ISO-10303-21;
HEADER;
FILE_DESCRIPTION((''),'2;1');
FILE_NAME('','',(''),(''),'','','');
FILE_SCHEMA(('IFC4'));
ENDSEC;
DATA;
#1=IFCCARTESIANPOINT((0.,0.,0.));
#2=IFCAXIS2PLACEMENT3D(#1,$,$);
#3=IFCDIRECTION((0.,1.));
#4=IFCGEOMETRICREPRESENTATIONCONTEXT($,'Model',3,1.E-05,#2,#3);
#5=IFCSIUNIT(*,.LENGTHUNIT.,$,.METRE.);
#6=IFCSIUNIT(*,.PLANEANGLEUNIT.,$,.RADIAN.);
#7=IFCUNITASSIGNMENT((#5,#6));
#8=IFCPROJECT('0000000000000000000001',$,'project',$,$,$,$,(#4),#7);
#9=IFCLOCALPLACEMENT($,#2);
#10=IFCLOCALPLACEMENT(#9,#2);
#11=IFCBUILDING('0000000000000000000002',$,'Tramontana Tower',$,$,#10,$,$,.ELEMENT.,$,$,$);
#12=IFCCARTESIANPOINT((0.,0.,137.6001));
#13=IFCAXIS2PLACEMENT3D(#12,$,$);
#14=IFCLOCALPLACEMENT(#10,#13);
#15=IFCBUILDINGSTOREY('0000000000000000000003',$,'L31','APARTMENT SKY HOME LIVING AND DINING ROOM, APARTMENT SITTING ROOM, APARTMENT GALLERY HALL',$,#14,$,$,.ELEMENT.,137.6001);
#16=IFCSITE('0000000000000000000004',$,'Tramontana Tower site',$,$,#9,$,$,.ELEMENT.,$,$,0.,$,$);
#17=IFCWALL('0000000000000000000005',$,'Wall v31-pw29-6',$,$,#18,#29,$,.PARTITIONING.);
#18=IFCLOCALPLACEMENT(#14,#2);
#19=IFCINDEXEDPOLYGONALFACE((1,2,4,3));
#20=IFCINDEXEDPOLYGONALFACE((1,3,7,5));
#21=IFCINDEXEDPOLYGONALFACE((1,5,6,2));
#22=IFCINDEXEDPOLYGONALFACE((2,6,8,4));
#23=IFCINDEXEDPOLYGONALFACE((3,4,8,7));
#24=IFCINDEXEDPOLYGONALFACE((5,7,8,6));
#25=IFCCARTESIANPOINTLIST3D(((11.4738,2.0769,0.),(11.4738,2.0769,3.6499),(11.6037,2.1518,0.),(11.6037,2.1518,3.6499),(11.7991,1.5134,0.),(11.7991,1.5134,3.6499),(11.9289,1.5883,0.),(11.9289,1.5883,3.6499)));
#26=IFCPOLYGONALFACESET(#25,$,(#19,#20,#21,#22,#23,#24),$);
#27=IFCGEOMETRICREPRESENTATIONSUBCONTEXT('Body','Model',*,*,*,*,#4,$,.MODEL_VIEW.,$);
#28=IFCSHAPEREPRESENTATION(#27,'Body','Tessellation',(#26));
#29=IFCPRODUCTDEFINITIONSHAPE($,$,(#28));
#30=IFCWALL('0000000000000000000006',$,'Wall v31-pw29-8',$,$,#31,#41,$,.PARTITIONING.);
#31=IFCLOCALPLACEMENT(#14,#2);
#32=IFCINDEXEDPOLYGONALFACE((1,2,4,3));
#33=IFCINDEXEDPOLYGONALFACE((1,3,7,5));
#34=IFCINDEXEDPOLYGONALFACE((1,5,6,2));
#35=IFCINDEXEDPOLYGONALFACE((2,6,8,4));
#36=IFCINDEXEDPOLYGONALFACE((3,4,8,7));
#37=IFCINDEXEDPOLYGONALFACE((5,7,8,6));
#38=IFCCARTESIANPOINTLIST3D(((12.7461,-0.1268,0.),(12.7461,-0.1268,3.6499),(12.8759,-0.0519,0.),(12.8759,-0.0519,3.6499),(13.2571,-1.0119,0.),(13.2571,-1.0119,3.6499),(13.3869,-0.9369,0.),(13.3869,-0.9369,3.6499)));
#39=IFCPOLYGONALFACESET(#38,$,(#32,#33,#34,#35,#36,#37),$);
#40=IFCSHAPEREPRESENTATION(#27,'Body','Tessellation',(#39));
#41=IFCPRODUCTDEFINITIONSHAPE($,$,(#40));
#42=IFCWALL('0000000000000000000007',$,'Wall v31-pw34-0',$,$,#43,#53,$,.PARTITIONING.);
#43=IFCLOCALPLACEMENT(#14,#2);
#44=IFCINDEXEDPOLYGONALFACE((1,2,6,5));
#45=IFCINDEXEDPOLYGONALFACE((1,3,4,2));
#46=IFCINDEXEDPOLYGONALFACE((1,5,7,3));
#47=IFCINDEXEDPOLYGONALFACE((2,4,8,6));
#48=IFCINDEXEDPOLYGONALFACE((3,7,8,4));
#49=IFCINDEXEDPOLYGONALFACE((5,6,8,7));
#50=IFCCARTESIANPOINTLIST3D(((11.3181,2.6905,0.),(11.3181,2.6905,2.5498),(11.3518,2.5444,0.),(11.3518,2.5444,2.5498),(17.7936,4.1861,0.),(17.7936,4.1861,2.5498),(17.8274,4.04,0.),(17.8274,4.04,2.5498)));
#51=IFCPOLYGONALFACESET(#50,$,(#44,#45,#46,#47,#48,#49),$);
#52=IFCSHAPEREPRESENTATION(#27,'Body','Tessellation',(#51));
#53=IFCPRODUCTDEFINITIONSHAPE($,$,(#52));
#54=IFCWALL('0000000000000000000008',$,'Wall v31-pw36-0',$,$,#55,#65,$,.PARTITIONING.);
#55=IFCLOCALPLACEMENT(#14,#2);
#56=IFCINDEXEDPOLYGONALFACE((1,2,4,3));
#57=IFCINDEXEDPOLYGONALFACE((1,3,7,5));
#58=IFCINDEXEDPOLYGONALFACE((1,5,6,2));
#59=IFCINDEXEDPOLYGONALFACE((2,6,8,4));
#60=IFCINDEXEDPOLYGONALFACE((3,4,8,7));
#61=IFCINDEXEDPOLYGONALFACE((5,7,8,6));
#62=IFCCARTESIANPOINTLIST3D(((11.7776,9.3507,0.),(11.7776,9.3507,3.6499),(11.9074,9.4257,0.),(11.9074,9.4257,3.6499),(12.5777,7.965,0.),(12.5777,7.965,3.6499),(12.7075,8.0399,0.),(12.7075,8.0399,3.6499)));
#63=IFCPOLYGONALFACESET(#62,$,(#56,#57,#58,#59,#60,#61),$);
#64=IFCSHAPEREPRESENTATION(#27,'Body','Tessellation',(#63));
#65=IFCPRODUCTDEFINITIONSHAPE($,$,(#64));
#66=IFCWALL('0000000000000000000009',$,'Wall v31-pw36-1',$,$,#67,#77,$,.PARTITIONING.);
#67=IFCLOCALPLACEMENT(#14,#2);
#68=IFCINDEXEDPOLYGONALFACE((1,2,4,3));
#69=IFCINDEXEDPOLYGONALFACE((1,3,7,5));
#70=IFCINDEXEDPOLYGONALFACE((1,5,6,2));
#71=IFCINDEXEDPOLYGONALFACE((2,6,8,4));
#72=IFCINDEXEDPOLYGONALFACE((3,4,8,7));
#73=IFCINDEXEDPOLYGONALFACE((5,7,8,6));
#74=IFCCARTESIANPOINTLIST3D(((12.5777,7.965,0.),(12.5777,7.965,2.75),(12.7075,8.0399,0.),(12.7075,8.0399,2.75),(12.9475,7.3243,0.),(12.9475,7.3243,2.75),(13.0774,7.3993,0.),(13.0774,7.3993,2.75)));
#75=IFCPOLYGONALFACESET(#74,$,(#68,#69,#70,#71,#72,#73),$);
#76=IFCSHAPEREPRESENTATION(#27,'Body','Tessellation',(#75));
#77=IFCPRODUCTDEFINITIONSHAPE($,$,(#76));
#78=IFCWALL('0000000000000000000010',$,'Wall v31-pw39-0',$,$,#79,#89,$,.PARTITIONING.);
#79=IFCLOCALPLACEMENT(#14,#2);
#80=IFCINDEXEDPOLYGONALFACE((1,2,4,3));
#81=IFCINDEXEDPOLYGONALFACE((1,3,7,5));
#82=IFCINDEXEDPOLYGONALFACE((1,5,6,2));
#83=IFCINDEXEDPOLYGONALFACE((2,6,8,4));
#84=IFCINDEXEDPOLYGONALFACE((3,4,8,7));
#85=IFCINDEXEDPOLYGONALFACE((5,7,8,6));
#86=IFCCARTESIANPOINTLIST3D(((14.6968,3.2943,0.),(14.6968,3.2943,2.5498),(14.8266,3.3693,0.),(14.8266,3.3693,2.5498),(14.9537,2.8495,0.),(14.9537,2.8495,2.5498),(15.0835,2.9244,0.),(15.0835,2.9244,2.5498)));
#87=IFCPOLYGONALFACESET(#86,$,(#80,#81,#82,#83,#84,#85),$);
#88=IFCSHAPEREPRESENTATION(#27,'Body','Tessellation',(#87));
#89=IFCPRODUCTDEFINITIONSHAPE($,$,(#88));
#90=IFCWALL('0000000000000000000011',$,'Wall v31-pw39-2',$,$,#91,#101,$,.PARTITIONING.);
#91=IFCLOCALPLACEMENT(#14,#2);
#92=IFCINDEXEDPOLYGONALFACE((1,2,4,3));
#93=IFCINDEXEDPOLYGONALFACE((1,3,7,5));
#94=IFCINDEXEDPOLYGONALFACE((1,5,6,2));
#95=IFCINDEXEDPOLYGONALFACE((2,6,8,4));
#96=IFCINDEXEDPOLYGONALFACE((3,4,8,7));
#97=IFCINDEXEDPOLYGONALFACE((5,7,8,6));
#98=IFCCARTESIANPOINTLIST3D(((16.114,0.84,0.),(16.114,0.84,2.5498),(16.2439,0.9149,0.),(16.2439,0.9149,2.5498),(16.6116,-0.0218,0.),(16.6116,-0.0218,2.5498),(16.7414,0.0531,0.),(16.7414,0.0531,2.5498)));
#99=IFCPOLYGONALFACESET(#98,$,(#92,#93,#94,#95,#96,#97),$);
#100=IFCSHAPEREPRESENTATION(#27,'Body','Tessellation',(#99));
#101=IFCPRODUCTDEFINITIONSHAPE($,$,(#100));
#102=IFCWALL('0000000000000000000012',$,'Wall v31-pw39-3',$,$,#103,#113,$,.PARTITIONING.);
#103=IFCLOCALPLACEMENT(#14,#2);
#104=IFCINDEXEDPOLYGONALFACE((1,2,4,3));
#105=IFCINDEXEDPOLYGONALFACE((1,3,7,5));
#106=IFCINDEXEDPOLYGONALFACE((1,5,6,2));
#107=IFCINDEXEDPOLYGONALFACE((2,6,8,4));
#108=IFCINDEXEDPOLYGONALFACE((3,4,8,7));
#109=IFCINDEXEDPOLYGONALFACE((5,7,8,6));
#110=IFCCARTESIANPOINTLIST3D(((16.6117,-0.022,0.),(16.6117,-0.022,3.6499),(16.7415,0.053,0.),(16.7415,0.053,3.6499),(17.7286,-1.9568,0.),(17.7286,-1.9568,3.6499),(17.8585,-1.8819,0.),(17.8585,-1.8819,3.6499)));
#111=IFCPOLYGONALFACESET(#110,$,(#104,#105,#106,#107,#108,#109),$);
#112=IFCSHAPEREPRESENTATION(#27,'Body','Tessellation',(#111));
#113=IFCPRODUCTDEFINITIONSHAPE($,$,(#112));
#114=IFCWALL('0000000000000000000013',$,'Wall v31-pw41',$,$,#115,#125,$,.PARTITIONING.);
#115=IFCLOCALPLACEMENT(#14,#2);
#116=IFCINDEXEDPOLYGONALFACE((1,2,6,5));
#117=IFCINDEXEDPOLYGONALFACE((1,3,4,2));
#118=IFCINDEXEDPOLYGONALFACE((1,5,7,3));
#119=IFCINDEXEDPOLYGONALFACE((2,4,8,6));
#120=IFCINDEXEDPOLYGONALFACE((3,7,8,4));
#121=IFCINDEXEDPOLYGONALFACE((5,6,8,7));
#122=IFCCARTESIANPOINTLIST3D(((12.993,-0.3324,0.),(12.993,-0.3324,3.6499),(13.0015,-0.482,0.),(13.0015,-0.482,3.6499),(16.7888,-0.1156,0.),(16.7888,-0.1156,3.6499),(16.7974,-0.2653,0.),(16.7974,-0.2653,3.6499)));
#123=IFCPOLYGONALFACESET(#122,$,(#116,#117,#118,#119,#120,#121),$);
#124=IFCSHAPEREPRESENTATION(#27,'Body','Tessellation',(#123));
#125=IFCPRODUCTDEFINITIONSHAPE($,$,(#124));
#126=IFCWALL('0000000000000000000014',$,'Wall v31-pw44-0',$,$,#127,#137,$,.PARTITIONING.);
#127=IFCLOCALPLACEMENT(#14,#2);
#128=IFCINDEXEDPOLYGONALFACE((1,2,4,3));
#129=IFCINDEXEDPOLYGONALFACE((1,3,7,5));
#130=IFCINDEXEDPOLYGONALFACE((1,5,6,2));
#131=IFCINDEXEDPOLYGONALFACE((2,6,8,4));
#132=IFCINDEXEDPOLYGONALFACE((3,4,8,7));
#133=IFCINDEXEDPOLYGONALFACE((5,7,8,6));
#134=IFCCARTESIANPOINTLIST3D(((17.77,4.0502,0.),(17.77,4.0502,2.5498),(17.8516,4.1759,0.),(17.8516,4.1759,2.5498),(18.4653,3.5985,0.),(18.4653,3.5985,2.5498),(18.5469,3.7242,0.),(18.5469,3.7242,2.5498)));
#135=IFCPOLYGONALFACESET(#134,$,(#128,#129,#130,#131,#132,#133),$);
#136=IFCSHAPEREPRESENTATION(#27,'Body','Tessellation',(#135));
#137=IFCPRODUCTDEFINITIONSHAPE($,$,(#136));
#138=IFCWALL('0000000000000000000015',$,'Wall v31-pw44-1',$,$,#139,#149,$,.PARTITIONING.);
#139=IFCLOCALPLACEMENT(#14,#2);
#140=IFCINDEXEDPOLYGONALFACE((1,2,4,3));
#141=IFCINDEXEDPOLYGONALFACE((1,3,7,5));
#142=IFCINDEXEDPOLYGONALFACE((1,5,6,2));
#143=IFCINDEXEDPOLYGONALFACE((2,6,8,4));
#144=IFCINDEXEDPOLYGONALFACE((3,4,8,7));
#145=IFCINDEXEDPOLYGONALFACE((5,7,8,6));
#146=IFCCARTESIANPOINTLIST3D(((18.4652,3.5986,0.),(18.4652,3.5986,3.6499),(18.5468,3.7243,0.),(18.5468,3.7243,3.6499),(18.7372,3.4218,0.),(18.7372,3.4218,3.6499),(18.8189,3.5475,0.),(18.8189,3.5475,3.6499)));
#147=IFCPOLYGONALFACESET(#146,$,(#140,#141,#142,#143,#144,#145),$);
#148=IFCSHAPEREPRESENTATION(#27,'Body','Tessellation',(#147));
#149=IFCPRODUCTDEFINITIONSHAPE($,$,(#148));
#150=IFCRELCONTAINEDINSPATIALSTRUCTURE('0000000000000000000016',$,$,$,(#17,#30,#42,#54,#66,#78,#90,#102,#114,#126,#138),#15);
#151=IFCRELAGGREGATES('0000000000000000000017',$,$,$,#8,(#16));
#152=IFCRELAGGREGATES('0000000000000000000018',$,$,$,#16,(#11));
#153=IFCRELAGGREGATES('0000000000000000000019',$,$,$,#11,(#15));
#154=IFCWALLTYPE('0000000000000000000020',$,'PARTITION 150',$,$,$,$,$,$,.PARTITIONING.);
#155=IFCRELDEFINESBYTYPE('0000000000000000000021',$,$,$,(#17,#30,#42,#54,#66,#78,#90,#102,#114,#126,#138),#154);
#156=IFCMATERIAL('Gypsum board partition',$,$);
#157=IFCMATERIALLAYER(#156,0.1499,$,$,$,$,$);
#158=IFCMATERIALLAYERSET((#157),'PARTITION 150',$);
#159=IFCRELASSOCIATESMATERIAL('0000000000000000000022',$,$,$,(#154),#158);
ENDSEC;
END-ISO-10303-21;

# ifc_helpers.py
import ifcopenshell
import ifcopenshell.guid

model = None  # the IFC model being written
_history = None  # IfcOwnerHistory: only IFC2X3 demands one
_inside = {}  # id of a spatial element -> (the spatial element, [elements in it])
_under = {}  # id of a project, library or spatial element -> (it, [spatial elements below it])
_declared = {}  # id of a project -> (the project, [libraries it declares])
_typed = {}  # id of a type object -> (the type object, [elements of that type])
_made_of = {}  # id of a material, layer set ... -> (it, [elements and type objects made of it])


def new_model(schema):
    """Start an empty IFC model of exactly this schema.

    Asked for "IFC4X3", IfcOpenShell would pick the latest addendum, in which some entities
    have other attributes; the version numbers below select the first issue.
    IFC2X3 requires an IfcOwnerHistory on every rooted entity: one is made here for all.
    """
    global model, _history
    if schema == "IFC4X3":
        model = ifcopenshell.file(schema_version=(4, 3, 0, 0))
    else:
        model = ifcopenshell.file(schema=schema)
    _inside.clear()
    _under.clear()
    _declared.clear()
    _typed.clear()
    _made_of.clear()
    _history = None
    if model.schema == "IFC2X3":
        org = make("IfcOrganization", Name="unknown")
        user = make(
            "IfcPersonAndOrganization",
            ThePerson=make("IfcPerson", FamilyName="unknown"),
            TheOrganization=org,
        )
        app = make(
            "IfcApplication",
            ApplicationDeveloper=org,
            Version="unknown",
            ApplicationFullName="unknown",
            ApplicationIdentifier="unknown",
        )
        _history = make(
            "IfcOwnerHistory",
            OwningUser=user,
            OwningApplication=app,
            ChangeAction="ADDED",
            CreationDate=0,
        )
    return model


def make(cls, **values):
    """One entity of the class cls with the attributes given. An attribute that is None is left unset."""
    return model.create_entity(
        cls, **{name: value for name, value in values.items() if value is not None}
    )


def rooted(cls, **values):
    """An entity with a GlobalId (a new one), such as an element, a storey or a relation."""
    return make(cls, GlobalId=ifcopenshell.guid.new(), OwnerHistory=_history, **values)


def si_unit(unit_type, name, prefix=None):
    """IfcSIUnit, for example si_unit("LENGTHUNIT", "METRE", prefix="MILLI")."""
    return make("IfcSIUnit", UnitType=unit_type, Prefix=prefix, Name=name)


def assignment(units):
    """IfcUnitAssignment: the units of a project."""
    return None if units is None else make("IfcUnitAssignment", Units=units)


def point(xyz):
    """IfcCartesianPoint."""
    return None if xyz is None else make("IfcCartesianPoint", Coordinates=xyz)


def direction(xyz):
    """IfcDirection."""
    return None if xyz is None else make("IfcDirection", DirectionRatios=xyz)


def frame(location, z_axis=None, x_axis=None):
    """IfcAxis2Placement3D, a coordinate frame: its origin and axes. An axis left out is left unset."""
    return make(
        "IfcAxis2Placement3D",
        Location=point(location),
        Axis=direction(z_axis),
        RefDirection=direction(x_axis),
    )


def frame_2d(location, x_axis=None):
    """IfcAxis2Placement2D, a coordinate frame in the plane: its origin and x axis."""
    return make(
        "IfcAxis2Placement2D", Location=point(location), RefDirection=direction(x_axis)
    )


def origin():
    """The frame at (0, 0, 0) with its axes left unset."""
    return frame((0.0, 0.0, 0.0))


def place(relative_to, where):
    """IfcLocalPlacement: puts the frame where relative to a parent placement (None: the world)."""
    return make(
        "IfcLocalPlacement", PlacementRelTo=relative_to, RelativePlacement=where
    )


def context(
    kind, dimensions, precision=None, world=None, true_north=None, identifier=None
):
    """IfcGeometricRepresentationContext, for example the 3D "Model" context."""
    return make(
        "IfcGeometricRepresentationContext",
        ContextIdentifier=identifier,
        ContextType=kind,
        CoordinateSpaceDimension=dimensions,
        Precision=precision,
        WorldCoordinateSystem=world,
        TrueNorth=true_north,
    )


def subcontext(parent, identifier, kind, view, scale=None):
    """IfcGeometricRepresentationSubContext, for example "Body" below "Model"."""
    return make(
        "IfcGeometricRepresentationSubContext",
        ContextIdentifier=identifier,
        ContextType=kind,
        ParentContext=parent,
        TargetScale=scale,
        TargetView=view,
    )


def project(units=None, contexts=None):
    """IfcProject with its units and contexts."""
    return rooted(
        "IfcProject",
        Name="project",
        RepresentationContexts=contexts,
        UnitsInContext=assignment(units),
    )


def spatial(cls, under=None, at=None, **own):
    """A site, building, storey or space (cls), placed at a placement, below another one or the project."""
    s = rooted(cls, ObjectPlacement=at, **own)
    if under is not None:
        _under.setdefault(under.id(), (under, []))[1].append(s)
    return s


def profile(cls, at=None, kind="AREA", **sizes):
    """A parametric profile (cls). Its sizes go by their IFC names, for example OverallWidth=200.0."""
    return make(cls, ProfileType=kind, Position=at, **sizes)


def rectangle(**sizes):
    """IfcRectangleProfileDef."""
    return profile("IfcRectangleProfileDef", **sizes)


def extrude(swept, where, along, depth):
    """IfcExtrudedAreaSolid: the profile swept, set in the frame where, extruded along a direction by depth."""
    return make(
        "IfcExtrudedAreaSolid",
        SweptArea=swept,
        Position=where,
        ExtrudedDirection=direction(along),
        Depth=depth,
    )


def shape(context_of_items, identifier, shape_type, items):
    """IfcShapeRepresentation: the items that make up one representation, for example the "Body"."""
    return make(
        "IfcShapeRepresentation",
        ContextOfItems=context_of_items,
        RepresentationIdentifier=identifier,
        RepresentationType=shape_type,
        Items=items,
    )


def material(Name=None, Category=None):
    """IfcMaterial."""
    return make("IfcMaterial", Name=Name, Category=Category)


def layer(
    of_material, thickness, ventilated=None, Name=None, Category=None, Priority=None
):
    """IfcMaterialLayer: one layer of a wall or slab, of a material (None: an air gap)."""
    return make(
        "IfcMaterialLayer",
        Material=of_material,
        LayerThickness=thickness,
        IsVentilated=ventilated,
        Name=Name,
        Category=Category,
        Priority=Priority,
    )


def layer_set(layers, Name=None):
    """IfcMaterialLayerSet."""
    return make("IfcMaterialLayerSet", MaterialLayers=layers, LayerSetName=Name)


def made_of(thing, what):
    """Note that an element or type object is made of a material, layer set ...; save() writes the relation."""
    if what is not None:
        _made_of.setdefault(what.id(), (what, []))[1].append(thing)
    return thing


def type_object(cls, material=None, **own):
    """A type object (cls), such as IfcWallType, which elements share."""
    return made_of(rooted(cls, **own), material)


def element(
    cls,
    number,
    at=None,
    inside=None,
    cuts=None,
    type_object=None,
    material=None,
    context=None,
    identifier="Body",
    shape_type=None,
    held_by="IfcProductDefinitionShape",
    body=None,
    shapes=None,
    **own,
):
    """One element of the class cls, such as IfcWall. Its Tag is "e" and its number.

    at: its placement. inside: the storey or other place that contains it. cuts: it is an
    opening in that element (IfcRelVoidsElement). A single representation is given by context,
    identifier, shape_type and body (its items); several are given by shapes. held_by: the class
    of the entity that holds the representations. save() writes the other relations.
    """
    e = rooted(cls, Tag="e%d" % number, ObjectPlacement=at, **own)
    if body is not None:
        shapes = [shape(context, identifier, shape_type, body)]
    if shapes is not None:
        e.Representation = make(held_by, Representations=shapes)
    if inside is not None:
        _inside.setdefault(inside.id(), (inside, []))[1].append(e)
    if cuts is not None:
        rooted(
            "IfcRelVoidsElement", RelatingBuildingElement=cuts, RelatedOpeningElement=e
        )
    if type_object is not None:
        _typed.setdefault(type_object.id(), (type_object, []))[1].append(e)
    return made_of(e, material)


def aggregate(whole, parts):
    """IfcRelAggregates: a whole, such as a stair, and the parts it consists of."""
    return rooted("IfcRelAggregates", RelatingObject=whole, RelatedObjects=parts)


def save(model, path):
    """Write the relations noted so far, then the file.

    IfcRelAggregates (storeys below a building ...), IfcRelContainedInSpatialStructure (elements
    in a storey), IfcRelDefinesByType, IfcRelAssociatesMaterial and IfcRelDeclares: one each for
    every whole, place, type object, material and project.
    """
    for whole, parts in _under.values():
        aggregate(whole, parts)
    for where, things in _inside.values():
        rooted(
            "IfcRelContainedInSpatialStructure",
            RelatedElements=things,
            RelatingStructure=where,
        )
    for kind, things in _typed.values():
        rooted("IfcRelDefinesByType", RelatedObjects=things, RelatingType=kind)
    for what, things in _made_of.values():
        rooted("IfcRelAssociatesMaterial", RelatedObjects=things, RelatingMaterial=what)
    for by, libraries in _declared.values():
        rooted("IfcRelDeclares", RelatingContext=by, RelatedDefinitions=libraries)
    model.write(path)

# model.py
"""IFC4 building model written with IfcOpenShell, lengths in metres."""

from ifc_helpers import new_model, si_unit, direction, frame, frame_2d, origin, place, context, subcontext, project, spatial, rectangle, extrude, material, layer, layer_set, type_object, element, save


model = new_model("IFC4")

# Units and contexts
model_context = context("Model", 3, precision=1e-05, world=origin(), true_north=direction((0.0, 1.0)))
body_context = subcontext(model_context, "Body", "Model", "MODEL_VIEW")
ifc_project = project(units=[si_unit("LENGTHUNIT", "METRE"), si_unit("PLANEANGLEUNIT", "RADIAN")], contexts=[model_context])

# Site, building, storey
site_placement = place(None, origin())
site = spatial("IfcSite", under=ifc_project, at=site_placement, Name="Tramontana Tower site", CompositionType="ELEMENT", RefElevation=0.0)
building_placement = place(site_placement, origin())
building = spatial("IfcBuilding", under=site, at=building_placement, Name="Tramontana Tower", CompositionType="ELEMENT")
storey_placement = place(building_placement, frame((0.0, 0.0, 137.6001)))
storey = spatial("IfcBuildingStorey", under=building, at=storey_placement, Name="L31", Description="APARTMENT SKY HOME LIVING AND DINING ROOM, APARTMENT SITTING ROOM, APARTMENT GALLERY HALL", CompositionType="ELEMENT", Elevation=137.6001)

# Wall
ifc_material_1 = material(Name="Gypsum board partition")
ifc_layer_1 = layer(ifc_material_1, 0.1499)
ifc_layer_set_1 = layer_set([ifc_layer_1], Name="PARTITION 150")
wall_type_1 = type_object("IfcWallType", Name="PARTITION 150", PredefinedType="PARTITIONING", material=ifc_layer_set_1)
wall_1_placement = place(storey_placement, frame((11.5388, 2.1143, 0.0), z_axis=(0.0, 0.0, 1.0), x_axis=(0.499852, -0.866111, 0.0)))
element("IfcWall", 1, at=wall_1_placement, inside=storey, type_object=wall_type_1, Name="Wall v31-pw29-6", PredefinedType="PARTITIONING", context=body_context, shape_type="SweptSolid", body=[
    extrude(rectangle(XDim=0.6506, YDim=0.1499, at=frame_2d((0.3252, 0.0))), origin(), (0.0, 0.0, 1.0), 3.6499),
])

# Walls
wall_2_placement = place(storey_placement, frame((12.811, -0.0894, 0.0), z_axis=(0.0, 0.0, 1.0), x_axis=(0.500019, -0.866015, 0.0)))
element("IfcWall", 2, at=wall_2_placement, inside=storey, type_object=wall_type_1, Name="Wall v31-pw29-8", PredefinedType="PARTITIONING", context=body_context, shape_type="SweptSolid", body=[
    extrude(rectangle(XDim=1.022, YDim=0.1499, at=frame_2d((0.511, 0.0))), origin(), (0.0, 0.0, 1.0), 3.6499),
])
wall_3_placement = place(storey_placement, frame((11.335, 2.6174, 0.0), z_axis=(0.0, 0.0, 1.0), x_axis=(0.97435, 0.225037, 0.0)))
element("IfcWall", 3, at=wall_3_placement, inside=storey, type_object=wall_type_1, Name="Wall v31-pw34-0", PredefinedType="PARTITIONING", context=body_context, shape_type="SweptSolid", body=[
    extrude(rectangle(XDim=6.646, YDim=0.1499, at=frame_2d((3.323, 0.0))), origin(), (0.0, 0.0, 1.0), 2.5498),
])
wall_4_placement = place(storey_placement, frame((11.8425, 9.3882, 0.0), z_axis=(0.0, 0.0, 1.0), x_axis=(0.499995, -0.866028, 0.0)))
element("IfcWall", 4, at=wall_4_placement, inside=storey, type_object=wall_type_1, Name="Wall v31-pw36-0", PredefinedType="PARTITIONING", context=body_context, shape_type="SweptSolid", body=[
    extrude(rectangle(XDim=1.6001, YDim=0.1499, at=frame_2d((0.8, 0.0))), origin(), (0.0, 0.0, 1.0), 3.6499),
])
wall_5_placement = place(storey_placement, frame((12.6426, 8.0024, 0.0), z_axis=(0.0, 0.0, 1.0), x_axis=(0.500008, -0.866021, 0.0)))
element("IfcWall", 5, at=wall_5_placement, inside=storey, type_object=wall_type_1, Name="Wall v31-pw36-1", PredefinedType="PARTITIONING", context=body_context, shape_type="SweptSolid", body=[
    extrude(rectangle(XDim=0.7397, YDim=0.1499, at=frame_2d((0.3699, 0.0))), origin(), (0.0, 0.0, 1.0), 2.75),
])
wall_6_placement = place(storey_placement, frame((14.7617, 3.3318, 0.0), z_axis=(0.0, 0.0, 1.0), x_axis=(0.500024, -0.866011, 0.0)))
element("IfcWall", 6, at=wall_6_placement, inside=storey, type_object=wall_type_1, Name="Wall v31-pw39-0", PredefinedType="PARTITIONING", context=body_context, shape_type="SweptSolid", body=[
    extrude(rectangle(XDim=0.5137, YDim=0.1499, at=frame_2d((0.2568, 0.0))), origin(), (0.0, 0.0, 1.0), 2.5498),
])

# Walls
wall_7_placement = place(storey_placement, frame((16.179, 0.8774, 0.0), z_axis=(0.0, 0.0, 1.0), x_axis=(0.499991, -0.86603, 0.0)))
element("IfcWall", 7, at=wall_7_placement, inside=storey, type_object=wall_type_1, Name="Wall v31-pw39-2", PredefinedType="PARTITIONING", context=body_context, shape_type="SweptSolid", body=[
    extrude(rectangle(XDim=0.9951, YDim=0.1499, at=frame_2d((0.4976, 0.0))), origin(), (0.0, 0.0, 1.0), 2.5498),
])
wall_8_placement = place(storey_placement, frame((16.6765, 0.0156, 0.0), z_axis=(0.0, 0.0, 1.0), x_axis=(0.499959, -0.866049, 0.0)))
element("IfcWall", 8, at=wall_8_placement, inside=storey, type_object=wall_type_1, Name="Wall v31-pw39-3", PredefinedType="PARTITIONING", context=body_context, shape_type="SweptSolid", body=[
    extrude(rectangle(XDim=2.2341, YDim=0.1499, at=frame_2d((1.1172, 0.0))), origin(), (0.0, 0.0, 1.0), 3.6499),
])
wall_9_placement = place(storey_placement, frame((16.793, -0.1904, 0.0), z_axis=(0.0, 0.0, 1.0), x_axis=(-0.998373, -0.057021, 0.0)))
element("IfcWall", 9, at=wall_9_placement, inside=storey, type_object=wall_type_1, Name="Wall v31-pw41", PredefinedType="PARTITIONING", context=body_context, shape_type="SweptSolid", body=[
    extrude(rectangle(XDim=3.802, YDim=0.1499, at=frame_2d((1.9009, 0.0))), origin(), (0.0, 0.0, 1.0), 3.6499),
])
wall_10_placement = place(storey_placement, frame((17.8108, 4.113, 0.0), z_axis=(0.0, 0.0, 1.0), x_axis=(0.838605, -0.54474, 0.0)))
element("IfcWall", 10, at=wall_10_placement, inside=storey, type_object=wall_type_1, Name="Wall v31-pw44-0", PredefinedType="PARTITIONING", context=body_context, shape_type="SweptSolid", body=[
    extrude(rectangle(XDim=0.8291, YDim=0.1499, at=frame_2d((0.4146, 0.0))), origin(), (0.0, 0.0, 1.0), 2.5498),
])
wall_11_placement = place(storey_placement, frame((18.5061, 3.6614, 0.0), z_axis=(0.0, 0.0, 1.0), x_axis=(0.838478, -0.544935, 0.0)))
element("IfcWall", 11, at=wall_11_placement, inside=storey, type_object=wall_type_1, Name="Wall v31-pw44-1", PredefinedType="PARTITIONING", context=body_context, shape_type="SweptSolid", body=[
    extrude(rectangle(XDim=0.3245, YDim=0.1499, at=frame_2d((0.1621, 0.0))), origin(), (0.0, 0.0, 1.0), 3.6499),
])

save(model, "model.ifc")
